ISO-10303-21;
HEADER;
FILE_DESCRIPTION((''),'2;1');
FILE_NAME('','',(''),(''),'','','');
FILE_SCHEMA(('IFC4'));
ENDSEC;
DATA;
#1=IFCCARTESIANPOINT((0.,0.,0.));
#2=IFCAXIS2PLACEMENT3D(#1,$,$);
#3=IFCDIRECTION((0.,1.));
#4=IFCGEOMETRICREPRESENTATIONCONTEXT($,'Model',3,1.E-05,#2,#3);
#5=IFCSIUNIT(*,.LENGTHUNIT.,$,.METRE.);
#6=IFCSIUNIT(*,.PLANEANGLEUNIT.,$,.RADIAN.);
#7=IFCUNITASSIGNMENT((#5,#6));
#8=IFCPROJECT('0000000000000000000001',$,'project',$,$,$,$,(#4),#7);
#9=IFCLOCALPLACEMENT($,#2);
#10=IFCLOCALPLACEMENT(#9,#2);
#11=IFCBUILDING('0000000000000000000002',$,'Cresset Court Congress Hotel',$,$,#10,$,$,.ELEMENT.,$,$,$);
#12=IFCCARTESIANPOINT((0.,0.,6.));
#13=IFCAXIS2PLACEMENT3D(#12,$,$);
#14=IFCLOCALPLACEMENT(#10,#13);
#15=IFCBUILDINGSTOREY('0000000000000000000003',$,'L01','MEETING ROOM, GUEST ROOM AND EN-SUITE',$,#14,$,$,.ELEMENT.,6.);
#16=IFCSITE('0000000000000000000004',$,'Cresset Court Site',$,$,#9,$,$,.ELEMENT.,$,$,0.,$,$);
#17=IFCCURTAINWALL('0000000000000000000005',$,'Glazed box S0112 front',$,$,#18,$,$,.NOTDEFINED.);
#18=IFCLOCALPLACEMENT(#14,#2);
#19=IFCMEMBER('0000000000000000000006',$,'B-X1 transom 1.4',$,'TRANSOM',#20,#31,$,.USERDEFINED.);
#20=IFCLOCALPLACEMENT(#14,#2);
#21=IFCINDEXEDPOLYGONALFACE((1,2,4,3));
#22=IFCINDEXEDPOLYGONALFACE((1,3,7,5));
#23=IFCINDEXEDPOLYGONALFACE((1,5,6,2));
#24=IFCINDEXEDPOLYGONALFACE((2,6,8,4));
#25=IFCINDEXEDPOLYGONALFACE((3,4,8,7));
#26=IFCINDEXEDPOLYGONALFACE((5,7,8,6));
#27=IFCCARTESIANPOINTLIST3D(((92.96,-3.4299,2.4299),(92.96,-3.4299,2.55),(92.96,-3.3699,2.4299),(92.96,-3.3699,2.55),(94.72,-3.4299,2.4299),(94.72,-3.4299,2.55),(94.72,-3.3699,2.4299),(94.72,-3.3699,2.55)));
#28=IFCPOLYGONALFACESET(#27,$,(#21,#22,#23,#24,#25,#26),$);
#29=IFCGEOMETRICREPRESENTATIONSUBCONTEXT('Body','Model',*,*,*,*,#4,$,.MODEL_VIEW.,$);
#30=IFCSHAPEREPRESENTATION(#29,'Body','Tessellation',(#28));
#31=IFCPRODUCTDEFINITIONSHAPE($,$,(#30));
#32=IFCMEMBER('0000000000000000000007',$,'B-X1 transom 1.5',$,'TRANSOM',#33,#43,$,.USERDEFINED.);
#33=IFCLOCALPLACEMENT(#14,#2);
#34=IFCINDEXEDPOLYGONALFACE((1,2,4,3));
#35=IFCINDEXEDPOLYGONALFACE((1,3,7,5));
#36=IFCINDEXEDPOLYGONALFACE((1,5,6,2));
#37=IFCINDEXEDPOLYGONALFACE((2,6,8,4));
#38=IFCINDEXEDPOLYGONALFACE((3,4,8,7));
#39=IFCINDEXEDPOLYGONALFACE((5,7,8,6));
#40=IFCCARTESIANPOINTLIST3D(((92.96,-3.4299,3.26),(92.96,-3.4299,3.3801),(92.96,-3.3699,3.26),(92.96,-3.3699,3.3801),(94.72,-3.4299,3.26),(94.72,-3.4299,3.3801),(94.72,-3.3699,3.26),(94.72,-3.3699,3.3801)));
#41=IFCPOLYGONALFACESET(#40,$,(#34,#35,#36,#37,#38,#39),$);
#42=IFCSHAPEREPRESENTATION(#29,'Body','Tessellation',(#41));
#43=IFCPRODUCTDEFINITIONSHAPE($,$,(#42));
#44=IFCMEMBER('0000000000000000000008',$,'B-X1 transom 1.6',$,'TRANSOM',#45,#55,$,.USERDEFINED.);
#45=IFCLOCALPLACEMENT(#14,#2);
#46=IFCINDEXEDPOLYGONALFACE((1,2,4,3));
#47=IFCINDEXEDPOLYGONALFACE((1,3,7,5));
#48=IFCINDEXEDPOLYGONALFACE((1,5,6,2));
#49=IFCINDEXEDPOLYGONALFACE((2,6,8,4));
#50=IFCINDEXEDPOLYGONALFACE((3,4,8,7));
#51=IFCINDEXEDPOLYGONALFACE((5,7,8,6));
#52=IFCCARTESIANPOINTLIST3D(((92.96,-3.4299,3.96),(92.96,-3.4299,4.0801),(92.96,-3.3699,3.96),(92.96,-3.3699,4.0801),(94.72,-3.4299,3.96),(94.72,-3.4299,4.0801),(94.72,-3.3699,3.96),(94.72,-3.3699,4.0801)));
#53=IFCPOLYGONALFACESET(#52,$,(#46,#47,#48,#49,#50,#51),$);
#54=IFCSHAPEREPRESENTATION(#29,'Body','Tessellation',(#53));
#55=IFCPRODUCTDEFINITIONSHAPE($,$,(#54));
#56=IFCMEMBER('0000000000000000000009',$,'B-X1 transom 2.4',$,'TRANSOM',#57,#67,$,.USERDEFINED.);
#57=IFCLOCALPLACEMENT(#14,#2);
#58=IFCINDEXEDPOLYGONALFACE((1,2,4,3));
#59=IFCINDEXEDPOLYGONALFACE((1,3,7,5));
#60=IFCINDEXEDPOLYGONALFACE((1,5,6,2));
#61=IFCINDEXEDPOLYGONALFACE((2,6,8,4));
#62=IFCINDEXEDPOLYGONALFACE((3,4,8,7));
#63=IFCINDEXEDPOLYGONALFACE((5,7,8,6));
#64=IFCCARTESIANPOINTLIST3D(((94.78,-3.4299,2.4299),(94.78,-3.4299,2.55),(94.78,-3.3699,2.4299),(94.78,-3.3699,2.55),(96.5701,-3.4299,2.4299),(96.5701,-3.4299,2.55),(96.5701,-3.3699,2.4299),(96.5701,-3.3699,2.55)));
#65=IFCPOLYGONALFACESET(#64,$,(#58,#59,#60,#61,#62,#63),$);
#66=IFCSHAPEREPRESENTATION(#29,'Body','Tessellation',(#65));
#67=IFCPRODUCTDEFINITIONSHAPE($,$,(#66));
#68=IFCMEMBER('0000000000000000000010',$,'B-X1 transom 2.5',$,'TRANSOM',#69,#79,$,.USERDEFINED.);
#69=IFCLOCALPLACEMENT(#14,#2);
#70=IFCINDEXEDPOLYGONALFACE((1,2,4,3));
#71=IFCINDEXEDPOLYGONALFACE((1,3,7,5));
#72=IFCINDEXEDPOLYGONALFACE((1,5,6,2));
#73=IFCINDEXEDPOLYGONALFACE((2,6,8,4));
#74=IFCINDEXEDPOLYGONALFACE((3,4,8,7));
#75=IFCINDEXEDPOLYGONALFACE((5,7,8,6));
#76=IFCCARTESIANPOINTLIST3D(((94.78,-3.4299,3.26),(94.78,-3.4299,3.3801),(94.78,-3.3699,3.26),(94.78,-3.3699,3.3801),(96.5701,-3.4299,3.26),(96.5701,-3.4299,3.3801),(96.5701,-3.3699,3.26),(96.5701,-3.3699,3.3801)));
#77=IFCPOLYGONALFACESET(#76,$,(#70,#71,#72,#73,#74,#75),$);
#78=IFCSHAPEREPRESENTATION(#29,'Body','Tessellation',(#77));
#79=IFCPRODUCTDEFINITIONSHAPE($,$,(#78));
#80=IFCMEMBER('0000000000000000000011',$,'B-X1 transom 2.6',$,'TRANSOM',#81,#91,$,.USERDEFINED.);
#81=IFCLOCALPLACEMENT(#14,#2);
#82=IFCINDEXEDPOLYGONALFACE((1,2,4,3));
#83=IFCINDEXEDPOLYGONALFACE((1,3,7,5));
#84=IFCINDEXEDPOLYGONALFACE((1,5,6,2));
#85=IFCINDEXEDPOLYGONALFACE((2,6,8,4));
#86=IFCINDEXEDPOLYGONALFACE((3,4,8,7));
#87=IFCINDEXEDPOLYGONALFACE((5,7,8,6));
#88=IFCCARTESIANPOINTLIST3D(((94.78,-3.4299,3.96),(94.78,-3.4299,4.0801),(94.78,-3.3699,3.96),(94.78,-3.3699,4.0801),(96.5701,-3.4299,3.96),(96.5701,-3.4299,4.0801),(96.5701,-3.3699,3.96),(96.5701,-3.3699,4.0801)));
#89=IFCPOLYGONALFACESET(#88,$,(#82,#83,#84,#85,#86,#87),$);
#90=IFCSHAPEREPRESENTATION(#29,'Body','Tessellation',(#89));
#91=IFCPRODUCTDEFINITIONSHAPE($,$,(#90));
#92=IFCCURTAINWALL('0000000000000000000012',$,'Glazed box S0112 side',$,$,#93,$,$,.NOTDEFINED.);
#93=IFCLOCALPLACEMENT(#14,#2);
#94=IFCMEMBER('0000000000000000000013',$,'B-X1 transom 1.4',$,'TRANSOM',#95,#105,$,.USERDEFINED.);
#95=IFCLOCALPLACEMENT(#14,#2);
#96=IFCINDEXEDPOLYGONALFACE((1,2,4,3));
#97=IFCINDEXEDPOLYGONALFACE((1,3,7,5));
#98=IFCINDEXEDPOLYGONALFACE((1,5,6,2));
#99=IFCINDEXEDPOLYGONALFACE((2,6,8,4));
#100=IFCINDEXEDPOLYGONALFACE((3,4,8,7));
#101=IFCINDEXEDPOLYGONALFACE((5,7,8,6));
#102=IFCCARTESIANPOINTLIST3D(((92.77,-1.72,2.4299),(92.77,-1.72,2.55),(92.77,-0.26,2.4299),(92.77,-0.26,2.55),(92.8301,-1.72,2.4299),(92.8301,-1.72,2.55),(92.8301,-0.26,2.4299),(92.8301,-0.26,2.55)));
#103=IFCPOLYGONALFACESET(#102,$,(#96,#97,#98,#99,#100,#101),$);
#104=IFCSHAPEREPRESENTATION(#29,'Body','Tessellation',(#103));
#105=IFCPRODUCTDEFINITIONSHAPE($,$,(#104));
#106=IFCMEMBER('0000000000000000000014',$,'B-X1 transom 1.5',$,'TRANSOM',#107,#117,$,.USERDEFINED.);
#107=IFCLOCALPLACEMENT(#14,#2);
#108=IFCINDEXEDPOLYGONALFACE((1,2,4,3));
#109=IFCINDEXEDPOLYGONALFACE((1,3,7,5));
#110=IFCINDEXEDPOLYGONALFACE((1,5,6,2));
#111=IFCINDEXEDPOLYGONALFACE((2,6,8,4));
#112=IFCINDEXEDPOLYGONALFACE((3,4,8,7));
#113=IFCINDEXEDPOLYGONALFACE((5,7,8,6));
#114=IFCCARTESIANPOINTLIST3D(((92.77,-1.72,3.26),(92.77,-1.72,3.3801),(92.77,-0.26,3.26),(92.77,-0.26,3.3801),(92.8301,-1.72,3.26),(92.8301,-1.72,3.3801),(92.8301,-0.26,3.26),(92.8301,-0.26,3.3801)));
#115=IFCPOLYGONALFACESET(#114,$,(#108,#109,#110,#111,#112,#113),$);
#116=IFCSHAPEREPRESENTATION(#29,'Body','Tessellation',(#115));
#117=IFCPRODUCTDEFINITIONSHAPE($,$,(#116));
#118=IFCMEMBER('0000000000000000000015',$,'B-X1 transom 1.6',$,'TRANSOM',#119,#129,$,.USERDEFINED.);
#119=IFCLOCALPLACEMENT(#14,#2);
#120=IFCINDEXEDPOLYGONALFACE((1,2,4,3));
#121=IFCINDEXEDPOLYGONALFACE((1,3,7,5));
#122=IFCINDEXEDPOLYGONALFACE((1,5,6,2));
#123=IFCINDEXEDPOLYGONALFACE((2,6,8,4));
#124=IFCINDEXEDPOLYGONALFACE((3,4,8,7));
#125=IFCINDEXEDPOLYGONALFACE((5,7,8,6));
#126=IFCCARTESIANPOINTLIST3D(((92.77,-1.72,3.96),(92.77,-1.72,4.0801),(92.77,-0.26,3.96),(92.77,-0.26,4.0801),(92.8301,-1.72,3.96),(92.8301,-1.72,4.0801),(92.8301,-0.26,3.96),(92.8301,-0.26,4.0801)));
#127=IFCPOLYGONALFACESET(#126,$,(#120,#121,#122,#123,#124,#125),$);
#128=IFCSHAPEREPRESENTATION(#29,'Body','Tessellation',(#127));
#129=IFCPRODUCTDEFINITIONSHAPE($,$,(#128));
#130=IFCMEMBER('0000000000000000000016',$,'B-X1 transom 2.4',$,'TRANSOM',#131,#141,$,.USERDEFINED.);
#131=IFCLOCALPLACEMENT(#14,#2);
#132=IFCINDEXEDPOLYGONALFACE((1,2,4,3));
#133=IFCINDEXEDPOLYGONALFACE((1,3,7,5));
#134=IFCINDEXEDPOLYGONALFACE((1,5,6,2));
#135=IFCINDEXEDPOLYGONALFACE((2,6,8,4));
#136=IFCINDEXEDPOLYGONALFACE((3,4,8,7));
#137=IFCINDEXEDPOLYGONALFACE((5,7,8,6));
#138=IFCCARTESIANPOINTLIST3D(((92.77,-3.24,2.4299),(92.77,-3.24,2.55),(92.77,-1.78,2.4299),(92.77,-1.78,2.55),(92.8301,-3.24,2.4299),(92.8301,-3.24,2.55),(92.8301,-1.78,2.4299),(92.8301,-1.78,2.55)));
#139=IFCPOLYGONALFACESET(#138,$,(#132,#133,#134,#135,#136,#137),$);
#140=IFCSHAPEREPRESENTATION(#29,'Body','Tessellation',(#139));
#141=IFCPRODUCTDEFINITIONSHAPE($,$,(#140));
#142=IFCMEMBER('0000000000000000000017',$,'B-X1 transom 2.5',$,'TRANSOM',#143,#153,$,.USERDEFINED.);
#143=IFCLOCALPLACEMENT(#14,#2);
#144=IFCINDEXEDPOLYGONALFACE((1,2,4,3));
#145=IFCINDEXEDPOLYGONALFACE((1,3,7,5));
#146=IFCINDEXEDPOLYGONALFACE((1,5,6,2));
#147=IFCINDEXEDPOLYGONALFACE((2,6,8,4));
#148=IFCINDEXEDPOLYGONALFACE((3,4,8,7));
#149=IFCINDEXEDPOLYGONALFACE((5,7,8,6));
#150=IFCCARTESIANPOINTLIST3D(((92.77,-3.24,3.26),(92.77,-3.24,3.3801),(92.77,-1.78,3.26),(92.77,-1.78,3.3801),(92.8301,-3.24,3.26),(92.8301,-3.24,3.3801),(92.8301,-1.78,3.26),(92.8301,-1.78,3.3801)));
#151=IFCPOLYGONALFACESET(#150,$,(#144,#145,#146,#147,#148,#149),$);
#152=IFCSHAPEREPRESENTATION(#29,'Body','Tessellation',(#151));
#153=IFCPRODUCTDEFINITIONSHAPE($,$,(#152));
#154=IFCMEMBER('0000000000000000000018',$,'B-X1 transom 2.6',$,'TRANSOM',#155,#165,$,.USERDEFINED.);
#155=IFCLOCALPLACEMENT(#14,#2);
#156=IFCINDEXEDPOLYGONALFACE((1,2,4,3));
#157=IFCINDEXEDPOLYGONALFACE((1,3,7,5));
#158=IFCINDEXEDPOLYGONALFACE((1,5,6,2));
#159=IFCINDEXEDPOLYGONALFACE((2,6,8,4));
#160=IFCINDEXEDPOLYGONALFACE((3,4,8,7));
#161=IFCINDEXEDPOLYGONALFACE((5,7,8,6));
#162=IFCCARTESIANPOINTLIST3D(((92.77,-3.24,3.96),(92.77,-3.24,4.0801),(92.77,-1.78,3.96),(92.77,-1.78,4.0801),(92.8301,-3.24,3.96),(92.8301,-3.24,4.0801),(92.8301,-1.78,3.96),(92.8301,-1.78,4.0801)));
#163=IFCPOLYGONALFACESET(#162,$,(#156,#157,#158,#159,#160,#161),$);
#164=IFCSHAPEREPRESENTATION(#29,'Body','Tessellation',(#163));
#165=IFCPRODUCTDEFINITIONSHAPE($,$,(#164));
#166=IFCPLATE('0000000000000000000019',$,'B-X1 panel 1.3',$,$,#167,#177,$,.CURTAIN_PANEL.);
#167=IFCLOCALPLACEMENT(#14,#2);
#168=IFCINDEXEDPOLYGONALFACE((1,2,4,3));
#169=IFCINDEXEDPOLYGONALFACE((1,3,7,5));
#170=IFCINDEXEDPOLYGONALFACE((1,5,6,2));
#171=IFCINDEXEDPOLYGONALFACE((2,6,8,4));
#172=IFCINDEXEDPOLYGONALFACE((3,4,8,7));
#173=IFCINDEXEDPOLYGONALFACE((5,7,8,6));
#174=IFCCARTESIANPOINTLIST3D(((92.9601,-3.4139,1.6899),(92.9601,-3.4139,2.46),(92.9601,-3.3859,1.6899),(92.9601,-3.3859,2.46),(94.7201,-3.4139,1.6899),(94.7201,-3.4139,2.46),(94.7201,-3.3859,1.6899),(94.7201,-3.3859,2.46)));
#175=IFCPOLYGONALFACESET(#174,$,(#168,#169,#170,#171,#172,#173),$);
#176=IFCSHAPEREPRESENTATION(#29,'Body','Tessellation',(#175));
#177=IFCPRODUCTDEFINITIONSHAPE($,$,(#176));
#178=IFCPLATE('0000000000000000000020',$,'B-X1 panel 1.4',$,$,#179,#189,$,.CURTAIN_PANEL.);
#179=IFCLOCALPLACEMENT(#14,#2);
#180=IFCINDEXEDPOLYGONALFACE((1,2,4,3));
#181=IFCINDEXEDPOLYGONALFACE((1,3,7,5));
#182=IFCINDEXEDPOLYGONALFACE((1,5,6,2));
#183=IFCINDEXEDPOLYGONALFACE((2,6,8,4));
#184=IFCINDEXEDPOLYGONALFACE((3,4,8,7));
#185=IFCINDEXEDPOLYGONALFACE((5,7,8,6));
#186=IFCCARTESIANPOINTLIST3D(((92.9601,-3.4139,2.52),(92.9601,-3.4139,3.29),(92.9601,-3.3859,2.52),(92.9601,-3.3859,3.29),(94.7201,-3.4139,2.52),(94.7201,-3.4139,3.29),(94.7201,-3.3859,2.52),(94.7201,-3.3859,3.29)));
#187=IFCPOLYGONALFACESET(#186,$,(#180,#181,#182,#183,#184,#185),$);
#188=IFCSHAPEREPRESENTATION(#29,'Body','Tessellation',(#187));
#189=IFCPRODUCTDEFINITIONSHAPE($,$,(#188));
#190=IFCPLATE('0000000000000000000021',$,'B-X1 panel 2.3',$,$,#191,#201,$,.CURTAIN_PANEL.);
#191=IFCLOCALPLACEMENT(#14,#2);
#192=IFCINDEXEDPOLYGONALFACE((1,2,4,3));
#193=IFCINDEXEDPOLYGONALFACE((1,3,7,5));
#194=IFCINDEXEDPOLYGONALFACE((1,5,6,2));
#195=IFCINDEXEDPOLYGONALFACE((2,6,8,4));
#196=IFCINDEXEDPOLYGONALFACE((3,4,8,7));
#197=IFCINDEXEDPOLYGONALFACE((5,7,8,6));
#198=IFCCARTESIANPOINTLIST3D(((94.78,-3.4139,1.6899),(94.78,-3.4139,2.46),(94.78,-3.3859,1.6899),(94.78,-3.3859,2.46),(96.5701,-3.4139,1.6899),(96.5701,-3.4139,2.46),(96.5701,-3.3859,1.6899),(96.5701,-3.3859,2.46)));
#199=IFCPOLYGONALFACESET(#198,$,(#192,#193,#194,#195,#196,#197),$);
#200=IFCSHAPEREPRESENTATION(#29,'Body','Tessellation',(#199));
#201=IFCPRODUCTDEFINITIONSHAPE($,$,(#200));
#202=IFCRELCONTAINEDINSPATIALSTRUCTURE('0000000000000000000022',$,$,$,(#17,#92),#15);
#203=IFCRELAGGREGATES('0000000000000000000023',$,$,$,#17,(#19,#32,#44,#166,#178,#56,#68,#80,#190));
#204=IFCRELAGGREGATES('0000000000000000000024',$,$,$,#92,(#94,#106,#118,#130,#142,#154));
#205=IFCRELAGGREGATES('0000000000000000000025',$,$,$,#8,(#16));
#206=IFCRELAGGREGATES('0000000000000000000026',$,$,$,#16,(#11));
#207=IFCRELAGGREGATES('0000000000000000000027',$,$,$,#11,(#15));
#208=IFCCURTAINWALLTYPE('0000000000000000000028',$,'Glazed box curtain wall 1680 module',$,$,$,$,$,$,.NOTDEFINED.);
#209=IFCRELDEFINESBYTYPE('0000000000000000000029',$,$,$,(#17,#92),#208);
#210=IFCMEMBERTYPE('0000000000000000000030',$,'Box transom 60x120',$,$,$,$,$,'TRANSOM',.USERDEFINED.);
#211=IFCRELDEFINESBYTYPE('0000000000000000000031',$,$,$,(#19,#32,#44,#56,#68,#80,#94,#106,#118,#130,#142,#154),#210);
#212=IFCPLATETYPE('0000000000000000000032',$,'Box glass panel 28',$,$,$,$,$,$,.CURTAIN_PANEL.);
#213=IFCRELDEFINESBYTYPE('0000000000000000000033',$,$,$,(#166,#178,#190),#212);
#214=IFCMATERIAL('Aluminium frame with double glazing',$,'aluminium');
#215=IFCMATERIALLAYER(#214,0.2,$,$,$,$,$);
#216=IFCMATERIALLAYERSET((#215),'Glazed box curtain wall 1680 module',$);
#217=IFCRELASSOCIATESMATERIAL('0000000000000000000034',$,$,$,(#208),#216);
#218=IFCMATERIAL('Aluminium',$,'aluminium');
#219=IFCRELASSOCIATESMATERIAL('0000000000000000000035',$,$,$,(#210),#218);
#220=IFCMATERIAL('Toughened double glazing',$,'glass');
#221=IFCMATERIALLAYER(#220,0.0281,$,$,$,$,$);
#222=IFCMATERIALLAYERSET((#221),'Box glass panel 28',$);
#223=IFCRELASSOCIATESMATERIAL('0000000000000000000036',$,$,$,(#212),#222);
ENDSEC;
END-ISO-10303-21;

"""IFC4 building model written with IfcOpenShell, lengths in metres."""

from ifc_helpers import new_model, si_unit, direction, frame, origin, origin_2d, place, context, subcontext, project, spatial, rectangle, extrude, material, layer, layer_set, material_profile, profile_set, type_object, element, aggregate, save


model = new_model("IFC4")

# Units and contexts
model_context = context("Model", 3, precision=1e-05, world=origin(), true_north=direction((0.0, 1.0)))
body_context = subcontext(model_context, "Body", "Model", "MODEL_VIEW")
ifc_project = project(units=[si_unit("LENGTHUNIT", "METRE"), si_unit("PLANEANGLEUNIT", "RADIAN")], contexts=[model_context])

# Site, building, storey
site_placement = place(None, origin())
site = spatial("IfcSite", under=ifc_project, at=site_placement, Name="Cresset Court Site", CompositionType="ELEMENT", RefElevation=0.0)
building_placement = place(site_placement, origin())
building = spatial("IfcBuilding", under=site, at=building_placement, Name="Cresset Court Congress Hotel", CompositionType="ELEMENT")
storey_placement = place(building_placement, frame((0.0, 0.0, 6.0)))
storey = spatial("IfcBuildingStorey", under=building, at=storey_placement, Name="L01", Description="MEETING ROOM, GUEST ROOM AND EN-SUITE", CompositionType="ELEMENT", Elevation=6.0)

# Curtain walls, members
ifc_material_1 = material(Name="Aluminium frame with double glazing", Category="aluminium")
ifc_layer_1 = layer(ifc_material_1, 0.2)
ifc_layer_set_1 = layer_set([ifc_layer_1], Name="Glazed box curtain wall 1680 module")
curtain_wall_type = type_object("IfcCurtainWallType", Name="Glazed box curtain wall 1680 module", PredefinedType="NOTDEFINED", material=ifc_layer_set_1)
curtain_wall_1_placement = place(storey_placement, origin())
curtain_wall_1 = element("IfcCurtainWall", 1, at=curtain_wall_1_placement, inside=storey, type_object=curtain_wall_type, Name="Glazed box S0112 front", PredefinedType="NOTDEFINED")
ifc_material_2 = material(Name="Aluminium", Category="aluminium")
ifc_material_profile = material_profile(ifc_material_2, rectangle(XDim=0.0601, YDim=0.1201, at=origin_2d()), Name="Box transom 60x120")
ifc_profile_set = profile_set([ifc_material_profile], Name="Aluminium")
member_type = type_object("IfcMemberType", Name="Box transom 60x120", ElementType="TRANSOM", PredefinedType="USERDEFINED", material=ifc_profile_set)
member_1_placement = place(storey_placement, frame((92.96, -3.3999, 2.49), z_axis=(1.0, 0.0, 0.0), x_axis=(0.0, 1.0, 0.0)))
member_1 = element("IfcMember", 2, at=member_1_placement, type_object=member_type, Name="B-X1 transom 1.4", ObjectType="TRANSOM", PredefinedType="USERDEFINED", context=body_context, shape_type="SweptSolid", body=[
    extrude(rectangle(XDim=0.0601, YDim=0.1201, at=origin_2d()), origin(), (0.0, 0.0, 1.0), 1.76),
])
member_2_placement = place(storey_placement, frame((92.96, -3.3999, 3.3201), z_axis=(1.0, 0.0, 0.0), x_axis=(0.0, 1.0, 0.0)))
member_2 = element("IfcMember", 3, at=member_2_placement, type_object=member_type, Name="B-X1 transom 1.5", ObjectType="TRANSOM", PredefinedType="USERDEFINED", context=body_context, shape_type="SweptSolid", body=[
    extrude(rectangle(XDim=0.0601, YDim=0.1201, at=origin_2d()), origin(), (0.0, 0.0, 1.0), 1.76),
])
member_3_placement = place(storey_placement, frame((92.96, -3.3999, 4.02), z_axis=(1.0, 0.0, 0.0), x_axis=(0.0, 1.0, 0.0)))
member_3 = element("IfcMember", 4, at=member_3_placement, type_object=member_type, Name="B-X1 transom 1.6", ObjectType="TRANSOM", PredefinedType="USERDEFINED", context=body_context, shape_type="SweptSolid", body=[
    extrude(rectangle(XDim=0.0601, YDim=0.1201, at=origin_2d()), origin(), (0.0, 0.0, 1.0), 1.76),
])
member_4_placement = place(storey_placement, frame((94.78, -3.3999, 2.49), z_axis=(1.0, 0.0, 0.0), x_axis=(0.0, 1.0, 0.0)))
member_4 = element("IfcMember", 5, at=member_4_placement, type_object=member_type, Name="B-X1 transom 2.4", ObjectType="TRANSOM", PredefinedType="USERDEFINED", context=body_context, shape_type="SweptSolid", body=[
    extrude(rectangle(XDim=0.0601, YDim=0.1201, at=origin_2d()), origin(), (0.0, 0.0, 1.0), 1.79),
])
member_5_placement = place(storey_placement, frame((94.78, -3.3999, 3.3201), z_axis=(1.0, 0.0, 0.0), x_axis=(0.0, 1.0, 0.0)))
member_5 = element("IfcMember", 6, at=member_5_placement, type_object=member_type, Name="B-X1 transom 2.5", ObjectType="TRANSOM", PredefinedType="USERDEFINED", context=body_context, shape_type="SweptSolid", body=[
    extrude(rectangle(XDim=0.0601, YDim=0.1201, at=origin_2d()), origin(), (0.0, 0.0, 1.0), 1.79),
])
member_6_placement = place(storey_placement, frame((94.78, -3.3999, 4.02), z_axis=(1.0, 0.0, 0.0), x_axis=(0.0, 1.0, 0.0)))
member_6 = element("IfcMember", 7, at=member_6_placement, type_object=member_type, Name="B-X1 transom 2.6", ObjectType="TRANSOM", PredefinedType="USERDEFINED", context=body_context, shape_type="SweptSolid", body=[
    extrude(rectangle(XDim=0.0601, YDim=0.1201, at=origin_2d()), origin(), (0.0, 0.0, 1.0), 1.79),
])
curtain_wall_2_placement = place(storey_placement, origin())
curtain_wall_2 = element("IfcCurtainWall", 8, at=curtain_wall_2_placement, inside=storey, type_object=curtain_wall_type, Name="Glazed box S0112 side", PredefinedType="NOTDEFINED")
member_7_placement = place(storey_placement, frame((92.8, -0.26, 2.49), z_axis=(0.0, -1.0, 0.0), x_axis=(1.0, 0.0, 0.0)))
member_7 = element("IfcMember", 9, at=member_7_placement, type_object=member_type, Name="B-X1 transom 1.4", ObjectType="TRANSOM", PredefinedType="USERDEFINED", context=body_context, shape_type="SweptSolid", body=[
    extrude(rectangle(XDim=0.0601, YDim=0.1201, at=origin_2d()), origin(), (0.0, 0.0, 1.0), 1.46),
])
member_8_placement = place(storey_placement, frame((92.8, -0.26, 3.3201), z_axis=(0.0, -1.0, 0.0), x_axis=(1.0, 0.0, 0.0)))
member_8 = element("IfcMember", 10, at=member_8_placement, type_object=member_type, Name="B-X1 transom 1.5", ObjectType="TRANSOM", PredefinedType="USERDEFINED", context=body_context, shape_type="SweptSolid", body=[
    extrude(rectangle(XDim=0.0601, YDim=0.1201, at=origin_2d()), origin(), (0.0, 0.0, 1.0), 1.46),
])
member_9_placement = place(storey_placement, frame((92.8, -0.26, 4.02), z_axis=(0.0, -1.0, 0.0), x_axis=(1.0, 0.0, 0.0)))
member_9 = element("IfcMember", 11, at=member_9_placement, type_object=member_type, Name="B-X1 transom 1.6", ObjectType="TRANSOM", PredefinedType="USERDEFINED", context=body_context, shape_type="SweptSolid", body=[
    extrude(rectangle(XDim=0.0601, YDim=0.1201, at=origin_2d()), origin(), (0.0, 0.0, 1.0), 1.46),
])
member_10_placement = place(storey_placement, frame((92.8, -1.78, 2.49), z_axis=(0.0, -1.0, 0.0), x_axis=(1.0, 0.0, 0.0)))
member_10 = element("IfcMember", 12, at=member_10_placement, type_object=member_type, Name="B-X1 transom 2.4", ObjectType="TRANSOM", PredefinedType="USERDEFINED", context=body_context, shape_type="SweptSolid", body=[
    extrude(rectangle(XDim=0.0601, YDim=0.1201, at=origin_2d()), origin(), (0.0, 0.0, 1.0), 1.46),
])
member_11_placement = place(storey_placement, frame((92.8, -1.78, 3.3201), z_axis=(0.0, -1.0, 0.0), x_axis=(1.0, 0.0, 0.0)))
member_11 = element("IfcMember", 13, at=member_11_placement, type_object=member_type, Name="B-X1 transom 2.5", ObjectType="TRANSOM", PredefinedType="USERDEFINED", context=body_context, shape_type="SweptSolid", body=[
    extrude(rectangle(XDim=0.0601, YDim=0.1201, at=origin_2d()), origin(), (0.0, 0.0, 1.0), 1.46),
])
member_12_placement = place(storey_placement, frame((92.8, -1.78, 4.02), z_axis=(0.0, -1.0, 0.0), x_axis=(1.0, 0.0, 0.0)))
member_12 = element("IfcMember", 14, at=member_12_placement, type_object=member_type, Name="B-X1 transom 2.6", ObjectType="TRANSOM", PredefinedType="USERDEFINED", context=body_context, shape_type="SweptSolid", body=[
    extrude(rectangle(XDim=0.0601, YDim=0.1201, at=origin_2d()), origin(), (0.0, 0.0, 1.0), 1.46),
])

# Plates
ifc_material_3 = material(Name="Toughened double glazing", Category="glass")
ifc_layer_2 = layer(ifc_material_3, 0.0281)
ifc_layer_set_2 = layer_set([ifc_layer_2], Name="Box glass panel 28")
plate_type_1 = type_object("IfcPlateType", Name="Box glass panel 28", PredefinedType="CURTAIN_PANEL", material=ifc_layer_set_2)
plate_1_placement = place(storey_placement, frame((93.8401, -3.3999, 1.6899), z_axis=(0.0, 0.0, 1.0), x_axis=(1.0, 0.0, 0.0)))
plate_1 = element("IfcPlate", 15, at=plate_1_placement, type_object=plate_type_1, Name="B-X1 panel 1.3", PredefinedType="CURTAIN_PANEL", context=body_context, shape_type="SweptSolid", body=[
    extrude(rectangle(XDim=1.76, YDim=0.0281, at=origin_2d()), origin(), (0.0, 0.0, 1.0), 0.77),
])
plate_2_placement = place(storey_placement, frame((93.8401, -3.3999, 2.52), z_axis=(0.0, 0.0, 1.0), x_axis=(1.0, 0.0, 0.0)))
plate_2 = element("IfcPlate", 16, at=plate_2_placement, type_object=plate_type_1, Name="B-X1 panel 1.4", PredefinedType="CURTAIN_PANEL", context=body_context, shape_type="SweptSolid", body=[
    extrude(rectangle(XDim=1.76, YDim=0.0281, at=origin_2d()), origin(), (0.0, 0.0, 1.0), 0.77),
])
plate_3_placement = place(storey_placement, frame((95.675, -3.3999, 1.6899), z_axis=(0.0, 0.0, 1.0), x_axis=(1.0, 0.0, 0.0)))
plate_3 = element("IfcPlate", 17, at=plate_3_placement, type_object=plate_type_1, Name="B-X1 panel 2.3", PredefinedType="CURTAIN_PANEL", context=body_context, shape_type="SweptSolid", body=[
    extrude(rectangle(XDim=1.79, YDim=0.0281, at=origin_2d()), origin(), (0.0, 0.0, 1.0), 0.77),
])
aggregate(curtain_wall_1, [member_1, member_2, member_3, plate_1, plate_2, member_4, member_5, member_6, plate_3])
aggregate(curtain_wall_2, [member_7, member_8, member_9, member_10, member_11, member_12])

save(model, "model.ifc")
